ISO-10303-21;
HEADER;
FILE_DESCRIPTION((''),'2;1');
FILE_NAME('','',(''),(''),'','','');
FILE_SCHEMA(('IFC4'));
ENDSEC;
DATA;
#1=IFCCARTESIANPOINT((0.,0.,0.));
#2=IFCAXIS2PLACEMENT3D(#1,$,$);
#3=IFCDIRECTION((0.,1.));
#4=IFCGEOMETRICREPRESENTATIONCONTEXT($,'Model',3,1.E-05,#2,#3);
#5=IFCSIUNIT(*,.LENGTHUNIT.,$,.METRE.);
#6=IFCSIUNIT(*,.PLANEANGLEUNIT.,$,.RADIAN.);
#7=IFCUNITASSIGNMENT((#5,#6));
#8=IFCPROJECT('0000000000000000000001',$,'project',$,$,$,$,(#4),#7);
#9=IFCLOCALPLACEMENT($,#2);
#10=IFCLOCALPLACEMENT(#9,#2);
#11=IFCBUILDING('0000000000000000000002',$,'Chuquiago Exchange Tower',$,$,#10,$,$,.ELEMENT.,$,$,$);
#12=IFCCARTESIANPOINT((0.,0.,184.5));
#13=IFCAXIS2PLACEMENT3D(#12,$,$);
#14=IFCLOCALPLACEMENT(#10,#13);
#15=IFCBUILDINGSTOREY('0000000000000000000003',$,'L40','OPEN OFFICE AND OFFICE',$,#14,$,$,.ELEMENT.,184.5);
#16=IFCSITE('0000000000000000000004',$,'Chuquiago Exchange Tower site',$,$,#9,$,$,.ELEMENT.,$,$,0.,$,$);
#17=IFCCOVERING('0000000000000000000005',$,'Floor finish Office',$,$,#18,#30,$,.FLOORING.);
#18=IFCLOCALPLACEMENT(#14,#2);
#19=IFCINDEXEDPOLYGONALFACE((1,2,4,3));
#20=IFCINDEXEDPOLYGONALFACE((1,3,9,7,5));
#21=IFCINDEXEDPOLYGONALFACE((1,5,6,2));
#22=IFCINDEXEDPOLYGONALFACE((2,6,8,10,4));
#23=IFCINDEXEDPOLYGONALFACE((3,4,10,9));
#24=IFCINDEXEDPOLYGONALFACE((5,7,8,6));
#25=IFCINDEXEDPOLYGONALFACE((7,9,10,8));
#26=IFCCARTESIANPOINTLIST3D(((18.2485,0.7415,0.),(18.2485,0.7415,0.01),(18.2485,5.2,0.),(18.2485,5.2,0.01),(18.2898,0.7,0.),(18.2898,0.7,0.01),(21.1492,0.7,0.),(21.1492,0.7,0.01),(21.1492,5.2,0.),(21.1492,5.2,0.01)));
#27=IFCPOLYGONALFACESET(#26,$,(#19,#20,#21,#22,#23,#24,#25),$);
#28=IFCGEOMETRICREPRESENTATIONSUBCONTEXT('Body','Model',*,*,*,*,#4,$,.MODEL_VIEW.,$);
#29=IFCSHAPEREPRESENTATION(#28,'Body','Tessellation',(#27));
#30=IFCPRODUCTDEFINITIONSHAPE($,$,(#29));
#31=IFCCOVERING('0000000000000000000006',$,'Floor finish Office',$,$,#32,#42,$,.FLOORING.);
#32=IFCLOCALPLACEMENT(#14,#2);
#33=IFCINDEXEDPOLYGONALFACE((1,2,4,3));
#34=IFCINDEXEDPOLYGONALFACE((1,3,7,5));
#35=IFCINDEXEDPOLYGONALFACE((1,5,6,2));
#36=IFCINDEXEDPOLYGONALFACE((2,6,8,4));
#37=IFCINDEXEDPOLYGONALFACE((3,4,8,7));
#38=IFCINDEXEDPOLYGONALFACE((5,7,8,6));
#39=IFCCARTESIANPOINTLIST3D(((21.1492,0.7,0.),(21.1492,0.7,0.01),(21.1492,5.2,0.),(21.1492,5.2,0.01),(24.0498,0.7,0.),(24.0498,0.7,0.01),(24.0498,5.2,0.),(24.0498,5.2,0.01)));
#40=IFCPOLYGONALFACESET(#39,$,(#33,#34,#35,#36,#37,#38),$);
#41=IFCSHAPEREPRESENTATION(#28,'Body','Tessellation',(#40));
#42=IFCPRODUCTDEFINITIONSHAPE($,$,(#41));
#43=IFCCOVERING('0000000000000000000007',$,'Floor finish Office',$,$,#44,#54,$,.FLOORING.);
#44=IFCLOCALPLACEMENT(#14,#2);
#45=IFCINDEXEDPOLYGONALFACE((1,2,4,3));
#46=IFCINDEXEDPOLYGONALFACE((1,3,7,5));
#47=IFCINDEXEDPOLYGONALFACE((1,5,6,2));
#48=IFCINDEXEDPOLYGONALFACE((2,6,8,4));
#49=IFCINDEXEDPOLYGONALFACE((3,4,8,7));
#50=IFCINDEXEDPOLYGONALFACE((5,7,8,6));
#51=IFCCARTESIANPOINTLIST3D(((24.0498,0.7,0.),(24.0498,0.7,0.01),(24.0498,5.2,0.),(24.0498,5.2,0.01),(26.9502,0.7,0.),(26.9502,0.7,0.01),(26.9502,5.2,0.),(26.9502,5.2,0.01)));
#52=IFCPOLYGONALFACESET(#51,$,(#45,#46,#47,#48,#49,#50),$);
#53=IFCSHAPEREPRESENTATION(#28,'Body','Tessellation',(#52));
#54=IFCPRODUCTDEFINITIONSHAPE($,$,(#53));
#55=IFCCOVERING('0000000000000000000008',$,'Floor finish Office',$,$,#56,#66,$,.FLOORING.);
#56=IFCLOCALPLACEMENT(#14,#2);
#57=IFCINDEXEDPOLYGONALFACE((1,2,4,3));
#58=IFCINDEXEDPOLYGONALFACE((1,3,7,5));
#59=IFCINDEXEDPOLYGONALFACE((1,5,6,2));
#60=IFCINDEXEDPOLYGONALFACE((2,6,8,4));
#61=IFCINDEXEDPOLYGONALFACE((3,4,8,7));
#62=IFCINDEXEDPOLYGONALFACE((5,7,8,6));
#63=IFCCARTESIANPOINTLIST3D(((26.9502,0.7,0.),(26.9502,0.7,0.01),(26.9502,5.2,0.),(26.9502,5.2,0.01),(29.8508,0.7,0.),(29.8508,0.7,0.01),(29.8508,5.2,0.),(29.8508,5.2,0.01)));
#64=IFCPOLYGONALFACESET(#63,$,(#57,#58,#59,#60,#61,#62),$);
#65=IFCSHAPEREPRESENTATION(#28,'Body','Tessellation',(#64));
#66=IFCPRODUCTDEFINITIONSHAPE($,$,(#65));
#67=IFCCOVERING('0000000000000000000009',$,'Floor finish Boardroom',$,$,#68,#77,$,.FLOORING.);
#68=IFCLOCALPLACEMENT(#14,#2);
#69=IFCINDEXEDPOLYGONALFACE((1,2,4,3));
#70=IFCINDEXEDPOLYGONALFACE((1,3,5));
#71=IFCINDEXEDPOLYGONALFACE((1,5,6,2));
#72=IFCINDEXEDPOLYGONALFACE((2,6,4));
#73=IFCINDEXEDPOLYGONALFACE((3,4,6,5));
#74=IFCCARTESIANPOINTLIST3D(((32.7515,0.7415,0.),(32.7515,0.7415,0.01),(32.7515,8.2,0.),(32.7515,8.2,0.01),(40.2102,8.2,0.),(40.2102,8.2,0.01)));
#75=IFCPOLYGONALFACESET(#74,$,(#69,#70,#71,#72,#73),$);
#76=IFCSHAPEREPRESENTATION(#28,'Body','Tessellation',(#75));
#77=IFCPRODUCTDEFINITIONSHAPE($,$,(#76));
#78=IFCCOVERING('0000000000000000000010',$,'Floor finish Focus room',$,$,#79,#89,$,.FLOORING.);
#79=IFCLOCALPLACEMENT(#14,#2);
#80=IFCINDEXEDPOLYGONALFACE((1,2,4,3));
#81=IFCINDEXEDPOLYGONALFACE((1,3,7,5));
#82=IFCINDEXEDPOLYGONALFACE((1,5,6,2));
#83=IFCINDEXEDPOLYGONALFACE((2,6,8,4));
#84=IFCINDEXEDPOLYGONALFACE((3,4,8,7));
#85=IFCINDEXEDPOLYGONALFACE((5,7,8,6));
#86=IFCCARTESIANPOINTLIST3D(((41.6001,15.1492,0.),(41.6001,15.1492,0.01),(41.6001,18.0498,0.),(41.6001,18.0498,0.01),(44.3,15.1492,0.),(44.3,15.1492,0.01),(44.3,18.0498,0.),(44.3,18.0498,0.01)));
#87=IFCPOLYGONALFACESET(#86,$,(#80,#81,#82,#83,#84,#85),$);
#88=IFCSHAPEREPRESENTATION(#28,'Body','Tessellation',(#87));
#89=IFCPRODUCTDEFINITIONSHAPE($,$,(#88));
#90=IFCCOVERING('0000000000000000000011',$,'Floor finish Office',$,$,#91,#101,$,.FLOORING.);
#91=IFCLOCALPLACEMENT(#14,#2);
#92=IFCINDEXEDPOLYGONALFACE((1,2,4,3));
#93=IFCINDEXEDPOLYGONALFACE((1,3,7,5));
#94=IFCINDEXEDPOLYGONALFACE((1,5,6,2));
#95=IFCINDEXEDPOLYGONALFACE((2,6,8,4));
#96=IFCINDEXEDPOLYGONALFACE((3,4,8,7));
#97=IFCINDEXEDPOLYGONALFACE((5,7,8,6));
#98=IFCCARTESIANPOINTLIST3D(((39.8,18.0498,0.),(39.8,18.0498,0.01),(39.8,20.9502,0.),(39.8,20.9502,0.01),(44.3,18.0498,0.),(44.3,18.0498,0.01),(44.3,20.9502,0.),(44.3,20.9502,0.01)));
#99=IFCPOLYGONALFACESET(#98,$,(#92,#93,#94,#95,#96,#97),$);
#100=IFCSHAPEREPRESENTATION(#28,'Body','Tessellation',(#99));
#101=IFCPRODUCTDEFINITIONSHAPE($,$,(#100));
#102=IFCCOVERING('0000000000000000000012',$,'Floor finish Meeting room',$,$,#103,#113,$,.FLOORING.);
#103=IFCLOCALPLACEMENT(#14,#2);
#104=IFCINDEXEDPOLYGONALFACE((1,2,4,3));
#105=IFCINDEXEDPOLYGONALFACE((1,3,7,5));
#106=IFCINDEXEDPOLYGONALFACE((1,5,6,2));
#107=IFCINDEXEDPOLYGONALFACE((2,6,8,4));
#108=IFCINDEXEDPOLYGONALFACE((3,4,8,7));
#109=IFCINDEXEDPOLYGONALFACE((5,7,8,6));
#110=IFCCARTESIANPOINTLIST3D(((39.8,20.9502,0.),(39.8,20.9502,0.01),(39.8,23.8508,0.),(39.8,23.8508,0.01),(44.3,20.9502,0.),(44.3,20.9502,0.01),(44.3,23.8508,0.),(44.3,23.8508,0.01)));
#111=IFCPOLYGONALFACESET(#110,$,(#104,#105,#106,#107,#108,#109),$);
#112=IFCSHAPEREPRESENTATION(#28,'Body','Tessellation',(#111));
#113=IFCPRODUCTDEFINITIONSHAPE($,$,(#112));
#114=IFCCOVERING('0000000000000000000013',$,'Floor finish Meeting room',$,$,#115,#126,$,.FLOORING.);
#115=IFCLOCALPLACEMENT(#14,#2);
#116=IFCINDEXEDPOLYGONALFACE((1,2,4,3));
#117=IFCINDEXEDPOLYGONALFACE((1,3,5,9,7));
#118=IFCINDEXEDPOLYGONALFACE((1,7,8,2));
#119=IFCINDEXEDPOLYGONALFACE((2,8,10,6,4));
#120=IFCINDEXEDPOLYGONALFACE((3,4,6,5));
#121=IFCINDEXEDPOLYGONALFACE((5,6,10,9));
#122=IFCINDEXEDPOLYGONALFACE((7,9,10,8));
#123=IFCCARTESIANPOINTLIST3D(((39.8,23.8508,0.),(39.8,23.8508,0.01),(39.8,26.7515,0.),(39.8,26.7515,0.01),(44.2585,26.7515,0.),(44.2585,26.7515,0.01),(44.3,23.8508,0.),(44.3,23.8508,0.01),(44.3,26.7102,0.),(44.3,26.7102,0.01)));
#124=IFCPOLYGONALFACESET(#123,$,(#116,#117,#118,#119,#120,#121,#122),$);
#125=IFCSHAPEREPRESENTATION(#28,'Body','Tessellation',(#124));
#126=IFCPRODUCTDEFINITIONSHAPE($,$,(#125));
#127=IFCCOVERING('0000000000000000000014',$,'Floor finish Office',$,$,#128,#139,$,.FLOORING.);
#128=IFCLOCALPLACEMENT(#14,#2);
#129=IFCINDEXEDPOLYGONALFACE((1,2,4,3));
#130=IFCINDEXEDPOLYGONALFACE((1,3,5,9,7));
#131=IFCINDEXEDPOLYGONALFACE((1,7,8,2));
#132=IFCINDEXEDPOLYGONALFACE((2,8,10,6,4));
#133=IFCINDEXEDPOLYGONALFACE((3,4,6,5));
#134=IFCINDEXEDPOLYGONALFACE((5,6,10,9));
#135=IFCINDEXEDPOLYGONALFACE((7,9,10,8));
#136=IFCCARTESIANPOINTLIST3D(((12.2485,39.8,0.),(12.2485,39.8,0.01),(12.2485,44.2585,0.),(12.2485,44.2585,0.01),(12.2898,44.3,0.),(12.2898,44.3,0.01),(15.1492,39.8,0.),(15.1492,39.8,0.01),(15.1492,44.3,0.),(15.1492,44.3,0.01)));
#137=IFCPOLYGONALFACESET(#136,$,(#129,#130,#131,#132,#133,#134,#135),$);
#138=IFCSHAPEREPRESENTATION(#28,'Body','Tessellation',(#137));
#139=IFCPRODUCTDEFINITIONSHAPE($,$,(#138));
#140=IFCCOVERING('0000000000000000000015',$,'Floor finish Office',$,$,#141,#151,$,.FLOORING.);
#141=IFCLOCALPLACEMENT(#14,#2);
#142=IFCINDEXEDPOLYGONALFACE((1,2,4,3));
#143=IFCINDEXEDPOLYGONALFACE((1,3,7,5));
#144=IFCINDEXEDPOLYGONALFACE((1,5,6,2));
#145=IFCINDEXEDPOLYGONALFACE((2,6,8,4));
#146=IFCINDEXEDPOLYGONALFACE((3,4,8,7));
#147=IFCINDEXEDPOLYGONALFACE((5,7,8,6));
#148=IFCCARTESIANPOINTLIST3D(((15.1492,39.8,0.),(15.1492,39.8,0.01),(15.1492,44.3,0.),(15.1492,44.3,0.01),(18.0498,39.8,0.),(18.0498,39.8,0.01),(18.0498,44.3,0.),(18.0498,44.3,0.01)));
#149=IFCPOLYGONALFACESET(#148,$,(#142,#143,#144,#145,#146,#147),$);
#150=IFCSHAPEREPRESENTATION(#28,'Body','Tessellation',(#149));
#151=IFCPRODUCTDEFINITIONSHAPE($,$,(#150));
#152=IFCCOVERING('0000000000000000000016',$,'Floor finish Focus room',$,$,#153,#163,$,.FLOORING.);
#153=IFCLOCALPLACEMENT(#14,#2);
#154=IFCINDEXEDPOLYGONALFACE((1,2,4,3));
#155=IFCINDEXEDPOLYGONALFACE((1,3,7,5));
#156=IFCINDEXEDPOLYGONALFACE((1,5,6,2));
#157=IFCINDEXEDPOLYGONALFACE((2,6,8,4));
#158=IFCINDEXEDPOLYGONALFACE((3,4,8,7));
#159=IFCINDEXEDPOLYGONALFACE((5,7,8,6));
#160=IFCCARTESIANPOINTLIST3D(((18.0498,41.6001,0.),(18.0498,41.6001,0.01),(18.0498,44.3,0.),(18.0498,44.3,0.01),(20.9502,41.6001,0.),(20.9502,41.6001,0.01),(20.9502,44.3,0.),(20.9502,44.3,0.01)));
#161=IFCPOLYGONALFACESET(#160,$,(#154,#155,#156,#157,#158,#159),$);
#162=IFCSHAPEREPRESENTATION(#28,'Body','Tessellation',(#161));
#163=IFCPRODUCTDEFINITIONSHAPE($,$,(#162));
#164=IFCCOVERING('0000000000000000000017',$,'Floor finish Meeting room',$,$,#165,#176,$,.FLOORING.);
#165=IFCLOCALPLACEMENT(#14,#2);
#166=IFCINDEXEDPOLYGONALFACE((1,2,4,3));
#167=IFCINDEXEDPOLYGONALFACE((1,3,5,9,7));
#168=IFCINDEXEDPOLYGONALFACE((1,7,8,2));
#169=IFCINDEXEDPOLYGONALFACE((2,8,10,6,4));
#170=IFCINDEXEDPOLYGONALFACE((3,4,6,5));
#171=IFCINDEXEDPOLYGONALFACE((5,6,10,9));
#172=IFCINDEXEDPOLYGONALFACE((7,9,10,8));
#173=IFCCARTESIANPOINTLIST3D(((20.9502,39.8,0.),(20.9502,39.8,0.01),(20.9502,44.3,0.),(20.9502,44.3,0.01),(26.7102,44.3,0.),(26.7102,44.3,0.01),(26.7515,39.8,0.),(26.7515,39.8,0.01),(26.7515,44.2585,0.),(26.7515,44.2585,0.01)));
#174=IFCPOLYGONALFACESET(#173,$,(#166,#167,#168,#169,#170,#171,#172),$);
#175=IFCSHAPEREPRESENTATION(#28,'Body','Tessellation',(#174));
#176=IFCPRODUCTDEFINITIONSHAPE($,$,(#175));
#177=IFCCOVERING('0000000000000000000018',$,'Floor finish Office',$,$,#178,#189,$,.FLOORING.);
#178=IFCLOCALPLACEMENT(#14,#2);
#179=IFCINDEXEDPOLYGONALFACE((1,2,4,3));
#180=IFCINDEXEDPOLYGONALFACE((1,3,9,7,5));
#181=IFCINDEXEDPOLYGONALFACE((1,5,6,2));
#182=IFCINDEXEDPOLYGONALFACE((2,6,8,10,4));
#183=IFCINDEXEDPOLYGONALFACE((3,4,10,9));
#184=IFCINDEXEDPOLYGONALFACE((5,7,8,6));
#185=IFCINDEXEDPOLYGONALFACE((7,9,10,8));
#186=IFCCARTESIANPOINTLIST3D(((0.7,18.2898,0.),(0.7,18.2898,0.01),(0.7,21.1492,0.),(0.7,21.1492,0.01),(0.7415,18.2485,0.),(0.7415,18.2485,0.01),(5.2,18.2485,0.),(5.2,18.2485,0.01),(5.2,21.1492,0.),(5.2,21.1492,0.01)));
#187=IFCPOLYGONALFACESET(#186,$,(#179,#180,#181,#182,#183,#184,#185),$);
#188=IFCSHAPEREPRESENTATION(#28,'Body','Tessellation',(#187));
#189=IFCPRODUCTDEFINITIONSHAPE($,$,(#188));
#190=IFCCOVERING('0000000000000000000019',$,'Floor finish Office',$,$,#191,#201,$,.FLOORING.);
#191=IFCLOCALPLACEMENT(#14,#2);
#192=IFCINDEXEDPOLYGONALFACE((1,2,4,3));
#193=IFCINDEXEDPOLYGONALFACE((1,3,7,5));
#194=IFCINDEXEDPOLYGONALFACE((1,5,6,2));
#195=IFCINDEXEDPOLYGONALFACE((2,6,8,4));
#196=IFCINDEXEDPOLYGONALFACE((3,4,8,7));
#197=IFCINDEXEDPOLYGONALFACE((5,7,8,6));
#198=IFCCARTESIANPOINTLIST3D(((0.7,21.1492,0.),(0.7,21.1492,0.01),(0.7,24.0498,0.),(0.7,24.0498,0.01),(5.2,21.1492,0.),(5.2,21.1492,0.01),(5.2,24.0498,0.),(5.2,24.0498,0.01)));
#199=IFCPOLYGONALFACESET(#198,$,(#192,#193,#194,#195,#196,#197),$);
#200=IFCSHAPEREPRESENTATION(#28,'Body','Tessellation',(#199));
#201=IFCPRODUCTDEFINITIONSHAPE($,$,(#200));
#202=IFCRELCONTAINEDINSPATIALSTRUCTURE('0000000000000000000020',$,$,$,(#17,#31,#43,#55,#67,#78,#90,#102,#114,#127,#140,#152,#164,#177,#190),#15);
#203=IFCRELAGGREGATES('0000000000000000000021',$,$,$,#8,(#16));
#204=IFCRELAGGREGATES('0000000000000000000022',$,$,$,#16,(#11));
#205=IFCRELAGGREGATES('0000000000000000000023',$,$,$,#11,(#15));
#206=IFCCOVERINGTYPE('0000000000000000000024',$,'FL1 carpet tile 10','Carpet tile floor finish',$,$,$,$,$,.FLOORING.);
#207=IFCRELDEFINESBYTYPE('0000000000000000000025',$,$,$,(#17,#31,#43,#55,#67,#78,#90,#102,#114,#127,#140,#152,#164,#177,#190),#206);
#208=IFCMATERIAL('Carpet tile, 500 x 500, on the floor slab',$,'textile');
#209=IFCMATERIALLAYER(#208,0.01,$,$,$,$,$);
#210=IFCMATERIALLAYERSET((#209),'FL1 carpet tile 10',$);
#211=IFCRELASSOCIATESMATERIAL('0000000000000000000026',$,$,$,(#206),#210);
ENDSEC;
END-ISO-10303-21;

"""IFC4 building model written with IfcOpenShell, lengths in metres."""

from ifc_helpers import new_model, si_unit, direction, frame, origin, place, context, subcontext, project, spatial, polyline, outline, extrude, material, layer, layer_set, type_object, element, save


model = new_model("IFC4")

# Units and contexts
model_context = context("Model", 3, precision=1e-05, world=origin(), true_north=direction((0.0, 1.0)))
body_context = subcontext(model_context, "Body", "Model", "MODEL_VIEW")
ifc_project = project(units=[si_unit("LENGTHUNIT", "METRE"), si_unit("PLANEANGLEUNIT", "RADIAN")], contexts=[model_context])

# Site, building, storey
site_placement = place(None, origin())
site = spatial("IfcSite", under=ifc_project, at=site_placement, Name="Chuquiago Exchange Tower site", CompositionType="ELEMENT", RefElevation=0.0)
building_placement = place(site_placement, origin())
building = spatial("IfcBuilding", under=site, at=building_placement, Name="Chuquiago Exchange Tower", CompositionType="ELEMENT")
storey_placement = place(building_placement, frame((0.0, 0.0, 184.5)))
storey = spatial("IfcBuildingStorey", under=building, at=storey_placement, Name="L40", Description="OPEN OFFICE AND OFFICE", CompositionType="ELEMENT", Elevation=184.5)

# Coverings
ifc_material_1 = material(Name="Carpet tile, 500 x 500, on the floor slab", Category="textile")
ifc_layer_1 = layer(ifc_material_1, 0.01)
ifc_layer_set_1 = layer_set([ifc_layer_1], Name="FL1 carpet tile 10")
covering_type_1 = type_object("IfcCoveringType", Name="FL1 carpet tile 10", Description="Carpet tile floor finish", PredefinedType="FLOORING", material=ifc_layer_set_1)
covering_1_placement = place(storey_placement, origin())
element("IfcCovering", 1, at=covering_1_placement, inside=storey, type_object=covering_type_1, Name="Floor finish Office", PredefinedType="FLOORING", context=body_context, shape_type="SweptSolid", body=[
    extrude(outline(polyline([(18.2898, 0.7), (18.2485, 0.7415), (18.2485, 5.2), (21.1492, 5.2), (21.1492, 0.7), (18.2898, 0.7)])), origin(), (0.0, 0.0, 1.0), 0.01),
])
covering_2_placement = place(storey_placement, origin())
element("IfcCovering", 2, at=covering_2_placement, inside=storey, type_object=covering_type_1, Name="Floor finish Office", PredefinedType="FLOORING", context=body_context, shape_type="SweptSolid", body=[
    extrude(outline(polyline([(21.1492, 0.7), (21.1492, 5.2), (24.0498, 5.2), (24.0498, 0.7), (21.1492, 0.7)])), origin(), (0.0, 0.0, 1.0), 0.01),
])
covering_3_placement = place(storey_placement, origin())
element("IfcCovering", 3, at=covering_3_placement, inside=storey, type_object=covering_type_1, Name="Floor finish Office", PredefinedType="FLOORING", context=body_context, shape_type="SweptSolid", body=[
    extrude(outline(polyline([(24.0498, 0.7), (24.0498, 5.2), (26.9502, 5.2), (26.9502, 0.7), (24.0498, 0.7)])), origin(), (0.0, 0.0, 1.0), 0.01),
])
covering_4_placement = place(storey_placement, origin())
element("IfcCovering", 4, at=covering_4_placement, inside=storey, type_object=covering_type_1, Name="Floor finish Office", PredefinedType="FLOORING", context=body_context, shape_type="SweptSolid", body=[
    extrude(outline(polyline([(26.9502, 0.7), (26.9502, 5.2), (29.8508, 5.2), (29.8508, 0.7), (26.9502, 0.7)])), origin(), (0.0, 0.0, 1.0), 0.01),
])
covering_5_placement = place(storey_placement, origin())
element("IfcCovering", 5, at=covering_5_placement, inside=storey, type_object=covering_type_1, Name="Floor finish Boardroom", PredefinedType="FLOORING", context=body_context, shape_type="SweptSolid", body=[
    extrude(outline(polyline([(32.7515, 0.7415), (32.7515, 8.2), (40.2102, 8.2), (32.7515, 0.7415)])), origin(), (0.0, 0.0, 1.0), 0.01),
])
covering_6_placement = place(storey_placement, origin())
element("IfcCovering", 6, at=covering_6_placement, inside=storey, type_object=covering_type_1, Name="Floor finish Focus room", PredefinedType="FLOORING", context=body_context, shape_type="SweptSolid", body=[
    extrude(outline(polyline([(44.3, 15.1492), (41.6001, 15.1492), (41.6001, 18.0498), (44.3, 18.0498), (44.3, 15.1492)])), origin(), (0.0, 0.0, 1.0), 0.01),
])
covering_7_placement = place(storey_placement, origin())
element("IfcCovering", 7, at=covering_7_placement, inside=storey, type_object=covering_type_1, Name="Floor finish Office", PredefinedType="FLOORING", context=body_context, shape_type="SweptSolid", body=[
    extrude(outline(polyline([(44.3, 18.0498), (39.8, 18.0498), (39.8, 20.9502), (44.3, 20.9502), (44.3, 18.0498)])), origin(), (0.0, 0.0, 1.0), 0.01),
])
covering_8_placement = place(storey_placement, origin())
element("IfcCovering", 8, at=covering_8_placement, inside=storey, type_object=covering_type_1, Name="Floor finish Meeting room", PredefinedType="FLOORING", context=body_context, shape_type="SweptSolid", body=[
    extrude(outline(polyline([(44.3, 20.9502), (39.8, 20.9502), (39.8, 23.8508), (44.3, 23.8508), (44.3, 20.9502)])), origin(), (0.0, 0.0, 1.0), 0.01),
])
covering_9_placement = place(storey_placement, origin())
element("IfcCovering", 9, at=covering_9_placement, inside=storey, type_object=covering_type_1, Name="Floor finish Meeting room", PredefinedType="FLOORING", context=body_context, shape_type="SweptSolid", body=[
    extrude(outline(polyline([(44.3, 26.7102), (44.3, 23.8508), (39.8, 23.8508), (39.8, 26.7515), (44.2585, 26.7515), (44.3, 26.7102)])), origin(), (0.0, 0.0, 1.0), 0.01),
])
covering_10_placement = place(storey_placement, origin())
element("IfcCovering", 10, at=covering_10_placement, inside=storey, type_object=covering_type_1, Name="Floor finish Office", PredefinedType="FLOORING", context=body_context, shape_type="SweptSolid", body=[
    extrude(outline(polyline([(12.2898, 44.3), (15.1492, 44.3), (15.1492, 39.8), (12.2485, 39.8), (12.2485, 44.2585), (12.2898, 44.3)])), origin(), (0.0, 0.0, 1.0), 0.01),
])
covering_11_placement = place(storey_placement, origin())
element("IfcCovering", 11, at=covering_11_placement, inside=storey, type_object=covering_type_1, Name="Floor finish Office", PredefinedType="FLOORING", context=body_context, shape_type="SweptSolid", body=[
    extrude(outline(polyline([(18.0498, 44.3), (18.0498, 39.8), (15.1492, 39.8), (15.1492, 44.3), (18.0498, 44.3)])), origin(), (0.0, 0.0, 1.0), 0.01),
])
covering_12_placement = place(storey_placement, origin())
element("IfcCovering", 12, at=covering_12_placement, inside=storey, type_object=covering_type_1, Name="Floor finish Focus room", PredefinedType="FLOORING", context=body_context, shape_type="SweptSolid", body=[
    extrude(outline(polyline([(20.9502, 44.3), (20.9502, 41.6001), (18.0498, 41.6001), (18.0498, 44.3), (20.9502, 44.3)])), origin(), (0.0, 0.0, 1.0), 0.01),
])
covering_13_placement = place(storey_placement, origin())
element("IfcCovering", 13, at=covering_13_placement, inside=storey, type_object=covering_type_1, Name="Floor finish Meeting room", PredefinedType="FLOORING", context=body_context, shape_type="SweptSolid", body=[
    extrude(outline(polyline([(26.7102, 44.3), (26.7515, 44.2585), (26.7515, 39.8), (20.9502, 39.8), (20.9502, 44.3), (26.7102, 44.3)])), origin(), (0.0, 0.0, 1.0), 0.01),
])
covering_14_placement = place(storey_placement, origin())
element("IfcCovering", 14, at=covering_14_placement, inside=storey, type_object=covering_type_1, Name="Floor finish Office", PredefinedType="FLOORING", context=body_context, shape_type="SweptSolid", body=[
    extrude(outline(polyline([(0.7, 21.1492), (5.2, 21.1492), (5.2, 18.2485), (0.7415, 18.2485), (0.7, 18.2898), (0.7, 21.1492)])), origin(), (0.0, 0.0, 1.0), 0.01),
])
covering_15_placement = place(storey_placement, origin())
element("IfcCovering", 15, at=covering_15_placement, inside=storey, type_object=covering_type_1, Name="Floor finish Office", PredefinedType="FLOORING", context=body_context, shape_type="SweptSolid", body=[
    extrude(outline(polyline([(0.7, 24.0498), (5.2, 24.0498), (5.2, 21.1492), (0.7, 21.1492), (0.7, 24.0498)])), origin(), (0.0, 0.0, 1.0), 0.01),
])

save(model, "model.ifc")
